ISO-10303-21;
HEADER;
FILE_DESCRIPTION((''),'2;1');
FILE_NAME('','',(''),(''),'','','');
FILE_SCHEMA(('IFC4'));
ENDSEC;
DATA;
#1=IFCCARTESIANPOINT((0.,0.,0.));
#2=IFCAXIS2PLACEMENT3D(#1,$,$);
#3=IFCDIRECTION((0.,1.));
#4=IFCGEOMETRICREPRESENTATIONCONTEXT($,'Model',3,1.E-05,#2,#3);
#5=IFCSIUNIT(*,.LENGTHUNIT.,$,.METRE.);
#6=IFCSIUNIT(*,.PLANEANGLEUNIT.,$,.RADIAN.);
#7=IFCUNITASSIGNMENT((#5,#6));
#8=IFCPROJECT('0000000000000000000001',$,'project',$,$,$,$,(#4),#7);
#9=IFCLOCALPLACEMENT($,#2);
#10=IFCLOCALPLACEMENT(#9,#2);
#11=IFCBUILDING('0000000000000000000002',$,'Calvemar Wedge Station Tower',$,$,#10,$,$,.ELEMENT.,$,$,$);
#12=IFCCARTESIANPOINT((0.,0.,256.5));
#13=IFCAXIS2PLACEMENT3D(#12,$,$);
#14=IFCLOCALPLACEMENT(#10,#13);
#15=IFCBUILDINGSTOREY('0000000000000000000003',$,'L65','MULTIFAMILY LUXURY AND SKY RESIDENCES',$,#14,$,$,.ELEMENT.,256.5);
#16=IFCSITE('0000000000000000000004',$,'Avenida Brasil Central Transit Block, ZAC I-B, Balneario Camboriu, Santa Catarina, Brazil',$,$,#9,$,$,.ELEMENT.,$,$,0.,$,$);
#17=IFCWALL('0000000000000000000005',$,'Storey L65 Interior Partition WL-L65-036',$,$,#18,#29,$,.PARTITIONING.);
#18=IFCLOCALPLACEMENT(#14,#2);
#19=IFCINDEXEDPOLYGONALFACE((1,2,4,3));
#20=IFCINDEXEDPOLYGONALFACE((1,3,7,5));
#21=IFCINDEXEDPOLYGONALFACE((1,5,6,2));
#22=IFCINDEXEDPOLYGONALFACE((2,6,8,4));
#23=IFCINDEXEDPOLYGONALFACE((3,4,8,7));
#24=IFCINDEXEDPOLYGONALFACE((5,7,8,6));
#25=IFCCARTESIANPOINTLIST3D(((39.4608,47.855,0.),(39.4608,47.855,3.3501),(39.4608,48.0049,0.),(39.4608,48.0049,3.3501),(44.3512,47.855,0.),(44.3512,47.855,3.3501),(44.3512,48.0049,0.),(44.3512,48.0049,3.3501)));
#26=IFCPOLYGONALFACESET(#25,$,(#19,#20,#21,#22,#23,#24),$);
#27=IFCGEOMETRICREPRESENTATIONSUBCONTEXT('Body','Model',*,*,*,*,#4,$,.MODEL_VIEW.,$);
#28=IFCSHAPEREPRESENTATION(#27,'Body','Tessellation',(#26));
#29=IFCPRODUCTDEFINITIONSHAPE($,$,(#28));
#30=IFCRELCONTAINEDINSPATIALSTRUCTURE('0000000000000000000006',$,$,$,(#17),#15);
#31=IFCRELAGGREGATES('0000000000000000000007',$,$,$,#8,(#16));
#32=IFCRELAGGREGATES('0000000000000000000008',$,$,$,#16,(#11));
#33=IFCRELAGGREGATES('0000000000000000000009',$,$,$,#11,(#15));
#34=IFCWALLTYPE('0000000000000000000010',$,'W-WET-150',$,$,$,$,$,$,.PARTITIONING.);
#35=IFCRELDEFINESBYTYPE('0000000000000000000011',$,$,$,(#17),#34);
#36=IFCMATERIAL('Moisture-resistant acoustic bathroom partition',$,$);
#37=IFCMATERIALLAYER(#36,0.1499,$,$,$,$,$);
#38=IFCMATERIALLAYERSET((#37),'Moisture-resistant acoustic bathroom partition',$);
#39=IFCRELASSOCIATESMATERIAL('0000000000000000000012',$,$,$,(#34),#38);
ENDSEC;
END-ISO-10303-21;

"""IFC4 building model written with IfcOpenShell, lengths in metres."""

from ifc_helpers import new_model, si_unit, direction, frame, frame_2d, origin, place, context, subcontext, project, spatial, rectangle, extrude, material, layer, layer_set, type_object, element, save


model = new_model("IFC4")

# Units and contexts
model_context = context("Model", 3, precision=1e-05, world=origin(), true_north=direction((0.0, 1.0)))
body_context = subcontext(model_context, "Body", "Model", "MODEL_VIEW")
ifc_project = project(units=[si_unit("LENGTHUNIT", "METRE"), si_unit("PLANEANGLEUNIT", "RADIAN")], contexts=[model_context])

# Site, building, storey
site_placement = place(None, origin())
site = spatial("IfcSite", under=ifc_project, at=site_placement, Name="Avenida Brasil Central Transit Block, ZAC I-B, Balneario Camboriu, Santa Catarina, Brazil", CompositionType="ELEMENT", RefElevation=0.0)
building_placement = place(site_placement, origin())
building = spatial("IfcBuilding", under=site, at=building_placement, Name="Calvemar Wedge Station Tower", CompositionType="ELEMENT")
storey_placement = place(building_placement, frame((0.0, 0.0, 256.5)))
storey = spatial("IfcBuildingStorey", under=building, at=storey_placement, Name="L65", Description="MULTIFAMILY LUXURY AND SKY RESIDENCES", CompositionType="ELEMENT", Elevation=256.5)

# Shared definitions
ifc_material_1 = material(Name="Moisture-resistant acoustic bathroom partition")
ifc_layer_1 = layer(ifc_material_1, 0.1499)
ifc_layer_set_1 = layer_set([ifc_layer_1], Name="Moisture-resistant acoustic bathroom partition")
wall_type_1 = type_object("IfcWallType", Name="W-WET-150", PredefinedType="PARTITIONING", material=ifc_layer_set_1)

# Wall
wall_1_placement = place(storey_placement, frame((44.3513, 47.9299, 0.0), z_axis=(0.0, 0.0, 1.0), x_axis=(-1.0, 0.0, 0.0)))
element("IfcWall", 1, at=wall_1_placement, inside=storey, type_object=wall_type_1, Name="Storey L65 Interior Partition WL-L65-036", PredefinedType="PARTITIONING", context=body_context, shape_type="SweptSolid", body=[
    extrude(rectangle(XDim=4.8904, YDim=0.1499, at=frame_2d((2.4453, 0.0))), origin(), (0.0, 0.0, 1.0), 3.3501),
])

save(model, "model.ifc")
